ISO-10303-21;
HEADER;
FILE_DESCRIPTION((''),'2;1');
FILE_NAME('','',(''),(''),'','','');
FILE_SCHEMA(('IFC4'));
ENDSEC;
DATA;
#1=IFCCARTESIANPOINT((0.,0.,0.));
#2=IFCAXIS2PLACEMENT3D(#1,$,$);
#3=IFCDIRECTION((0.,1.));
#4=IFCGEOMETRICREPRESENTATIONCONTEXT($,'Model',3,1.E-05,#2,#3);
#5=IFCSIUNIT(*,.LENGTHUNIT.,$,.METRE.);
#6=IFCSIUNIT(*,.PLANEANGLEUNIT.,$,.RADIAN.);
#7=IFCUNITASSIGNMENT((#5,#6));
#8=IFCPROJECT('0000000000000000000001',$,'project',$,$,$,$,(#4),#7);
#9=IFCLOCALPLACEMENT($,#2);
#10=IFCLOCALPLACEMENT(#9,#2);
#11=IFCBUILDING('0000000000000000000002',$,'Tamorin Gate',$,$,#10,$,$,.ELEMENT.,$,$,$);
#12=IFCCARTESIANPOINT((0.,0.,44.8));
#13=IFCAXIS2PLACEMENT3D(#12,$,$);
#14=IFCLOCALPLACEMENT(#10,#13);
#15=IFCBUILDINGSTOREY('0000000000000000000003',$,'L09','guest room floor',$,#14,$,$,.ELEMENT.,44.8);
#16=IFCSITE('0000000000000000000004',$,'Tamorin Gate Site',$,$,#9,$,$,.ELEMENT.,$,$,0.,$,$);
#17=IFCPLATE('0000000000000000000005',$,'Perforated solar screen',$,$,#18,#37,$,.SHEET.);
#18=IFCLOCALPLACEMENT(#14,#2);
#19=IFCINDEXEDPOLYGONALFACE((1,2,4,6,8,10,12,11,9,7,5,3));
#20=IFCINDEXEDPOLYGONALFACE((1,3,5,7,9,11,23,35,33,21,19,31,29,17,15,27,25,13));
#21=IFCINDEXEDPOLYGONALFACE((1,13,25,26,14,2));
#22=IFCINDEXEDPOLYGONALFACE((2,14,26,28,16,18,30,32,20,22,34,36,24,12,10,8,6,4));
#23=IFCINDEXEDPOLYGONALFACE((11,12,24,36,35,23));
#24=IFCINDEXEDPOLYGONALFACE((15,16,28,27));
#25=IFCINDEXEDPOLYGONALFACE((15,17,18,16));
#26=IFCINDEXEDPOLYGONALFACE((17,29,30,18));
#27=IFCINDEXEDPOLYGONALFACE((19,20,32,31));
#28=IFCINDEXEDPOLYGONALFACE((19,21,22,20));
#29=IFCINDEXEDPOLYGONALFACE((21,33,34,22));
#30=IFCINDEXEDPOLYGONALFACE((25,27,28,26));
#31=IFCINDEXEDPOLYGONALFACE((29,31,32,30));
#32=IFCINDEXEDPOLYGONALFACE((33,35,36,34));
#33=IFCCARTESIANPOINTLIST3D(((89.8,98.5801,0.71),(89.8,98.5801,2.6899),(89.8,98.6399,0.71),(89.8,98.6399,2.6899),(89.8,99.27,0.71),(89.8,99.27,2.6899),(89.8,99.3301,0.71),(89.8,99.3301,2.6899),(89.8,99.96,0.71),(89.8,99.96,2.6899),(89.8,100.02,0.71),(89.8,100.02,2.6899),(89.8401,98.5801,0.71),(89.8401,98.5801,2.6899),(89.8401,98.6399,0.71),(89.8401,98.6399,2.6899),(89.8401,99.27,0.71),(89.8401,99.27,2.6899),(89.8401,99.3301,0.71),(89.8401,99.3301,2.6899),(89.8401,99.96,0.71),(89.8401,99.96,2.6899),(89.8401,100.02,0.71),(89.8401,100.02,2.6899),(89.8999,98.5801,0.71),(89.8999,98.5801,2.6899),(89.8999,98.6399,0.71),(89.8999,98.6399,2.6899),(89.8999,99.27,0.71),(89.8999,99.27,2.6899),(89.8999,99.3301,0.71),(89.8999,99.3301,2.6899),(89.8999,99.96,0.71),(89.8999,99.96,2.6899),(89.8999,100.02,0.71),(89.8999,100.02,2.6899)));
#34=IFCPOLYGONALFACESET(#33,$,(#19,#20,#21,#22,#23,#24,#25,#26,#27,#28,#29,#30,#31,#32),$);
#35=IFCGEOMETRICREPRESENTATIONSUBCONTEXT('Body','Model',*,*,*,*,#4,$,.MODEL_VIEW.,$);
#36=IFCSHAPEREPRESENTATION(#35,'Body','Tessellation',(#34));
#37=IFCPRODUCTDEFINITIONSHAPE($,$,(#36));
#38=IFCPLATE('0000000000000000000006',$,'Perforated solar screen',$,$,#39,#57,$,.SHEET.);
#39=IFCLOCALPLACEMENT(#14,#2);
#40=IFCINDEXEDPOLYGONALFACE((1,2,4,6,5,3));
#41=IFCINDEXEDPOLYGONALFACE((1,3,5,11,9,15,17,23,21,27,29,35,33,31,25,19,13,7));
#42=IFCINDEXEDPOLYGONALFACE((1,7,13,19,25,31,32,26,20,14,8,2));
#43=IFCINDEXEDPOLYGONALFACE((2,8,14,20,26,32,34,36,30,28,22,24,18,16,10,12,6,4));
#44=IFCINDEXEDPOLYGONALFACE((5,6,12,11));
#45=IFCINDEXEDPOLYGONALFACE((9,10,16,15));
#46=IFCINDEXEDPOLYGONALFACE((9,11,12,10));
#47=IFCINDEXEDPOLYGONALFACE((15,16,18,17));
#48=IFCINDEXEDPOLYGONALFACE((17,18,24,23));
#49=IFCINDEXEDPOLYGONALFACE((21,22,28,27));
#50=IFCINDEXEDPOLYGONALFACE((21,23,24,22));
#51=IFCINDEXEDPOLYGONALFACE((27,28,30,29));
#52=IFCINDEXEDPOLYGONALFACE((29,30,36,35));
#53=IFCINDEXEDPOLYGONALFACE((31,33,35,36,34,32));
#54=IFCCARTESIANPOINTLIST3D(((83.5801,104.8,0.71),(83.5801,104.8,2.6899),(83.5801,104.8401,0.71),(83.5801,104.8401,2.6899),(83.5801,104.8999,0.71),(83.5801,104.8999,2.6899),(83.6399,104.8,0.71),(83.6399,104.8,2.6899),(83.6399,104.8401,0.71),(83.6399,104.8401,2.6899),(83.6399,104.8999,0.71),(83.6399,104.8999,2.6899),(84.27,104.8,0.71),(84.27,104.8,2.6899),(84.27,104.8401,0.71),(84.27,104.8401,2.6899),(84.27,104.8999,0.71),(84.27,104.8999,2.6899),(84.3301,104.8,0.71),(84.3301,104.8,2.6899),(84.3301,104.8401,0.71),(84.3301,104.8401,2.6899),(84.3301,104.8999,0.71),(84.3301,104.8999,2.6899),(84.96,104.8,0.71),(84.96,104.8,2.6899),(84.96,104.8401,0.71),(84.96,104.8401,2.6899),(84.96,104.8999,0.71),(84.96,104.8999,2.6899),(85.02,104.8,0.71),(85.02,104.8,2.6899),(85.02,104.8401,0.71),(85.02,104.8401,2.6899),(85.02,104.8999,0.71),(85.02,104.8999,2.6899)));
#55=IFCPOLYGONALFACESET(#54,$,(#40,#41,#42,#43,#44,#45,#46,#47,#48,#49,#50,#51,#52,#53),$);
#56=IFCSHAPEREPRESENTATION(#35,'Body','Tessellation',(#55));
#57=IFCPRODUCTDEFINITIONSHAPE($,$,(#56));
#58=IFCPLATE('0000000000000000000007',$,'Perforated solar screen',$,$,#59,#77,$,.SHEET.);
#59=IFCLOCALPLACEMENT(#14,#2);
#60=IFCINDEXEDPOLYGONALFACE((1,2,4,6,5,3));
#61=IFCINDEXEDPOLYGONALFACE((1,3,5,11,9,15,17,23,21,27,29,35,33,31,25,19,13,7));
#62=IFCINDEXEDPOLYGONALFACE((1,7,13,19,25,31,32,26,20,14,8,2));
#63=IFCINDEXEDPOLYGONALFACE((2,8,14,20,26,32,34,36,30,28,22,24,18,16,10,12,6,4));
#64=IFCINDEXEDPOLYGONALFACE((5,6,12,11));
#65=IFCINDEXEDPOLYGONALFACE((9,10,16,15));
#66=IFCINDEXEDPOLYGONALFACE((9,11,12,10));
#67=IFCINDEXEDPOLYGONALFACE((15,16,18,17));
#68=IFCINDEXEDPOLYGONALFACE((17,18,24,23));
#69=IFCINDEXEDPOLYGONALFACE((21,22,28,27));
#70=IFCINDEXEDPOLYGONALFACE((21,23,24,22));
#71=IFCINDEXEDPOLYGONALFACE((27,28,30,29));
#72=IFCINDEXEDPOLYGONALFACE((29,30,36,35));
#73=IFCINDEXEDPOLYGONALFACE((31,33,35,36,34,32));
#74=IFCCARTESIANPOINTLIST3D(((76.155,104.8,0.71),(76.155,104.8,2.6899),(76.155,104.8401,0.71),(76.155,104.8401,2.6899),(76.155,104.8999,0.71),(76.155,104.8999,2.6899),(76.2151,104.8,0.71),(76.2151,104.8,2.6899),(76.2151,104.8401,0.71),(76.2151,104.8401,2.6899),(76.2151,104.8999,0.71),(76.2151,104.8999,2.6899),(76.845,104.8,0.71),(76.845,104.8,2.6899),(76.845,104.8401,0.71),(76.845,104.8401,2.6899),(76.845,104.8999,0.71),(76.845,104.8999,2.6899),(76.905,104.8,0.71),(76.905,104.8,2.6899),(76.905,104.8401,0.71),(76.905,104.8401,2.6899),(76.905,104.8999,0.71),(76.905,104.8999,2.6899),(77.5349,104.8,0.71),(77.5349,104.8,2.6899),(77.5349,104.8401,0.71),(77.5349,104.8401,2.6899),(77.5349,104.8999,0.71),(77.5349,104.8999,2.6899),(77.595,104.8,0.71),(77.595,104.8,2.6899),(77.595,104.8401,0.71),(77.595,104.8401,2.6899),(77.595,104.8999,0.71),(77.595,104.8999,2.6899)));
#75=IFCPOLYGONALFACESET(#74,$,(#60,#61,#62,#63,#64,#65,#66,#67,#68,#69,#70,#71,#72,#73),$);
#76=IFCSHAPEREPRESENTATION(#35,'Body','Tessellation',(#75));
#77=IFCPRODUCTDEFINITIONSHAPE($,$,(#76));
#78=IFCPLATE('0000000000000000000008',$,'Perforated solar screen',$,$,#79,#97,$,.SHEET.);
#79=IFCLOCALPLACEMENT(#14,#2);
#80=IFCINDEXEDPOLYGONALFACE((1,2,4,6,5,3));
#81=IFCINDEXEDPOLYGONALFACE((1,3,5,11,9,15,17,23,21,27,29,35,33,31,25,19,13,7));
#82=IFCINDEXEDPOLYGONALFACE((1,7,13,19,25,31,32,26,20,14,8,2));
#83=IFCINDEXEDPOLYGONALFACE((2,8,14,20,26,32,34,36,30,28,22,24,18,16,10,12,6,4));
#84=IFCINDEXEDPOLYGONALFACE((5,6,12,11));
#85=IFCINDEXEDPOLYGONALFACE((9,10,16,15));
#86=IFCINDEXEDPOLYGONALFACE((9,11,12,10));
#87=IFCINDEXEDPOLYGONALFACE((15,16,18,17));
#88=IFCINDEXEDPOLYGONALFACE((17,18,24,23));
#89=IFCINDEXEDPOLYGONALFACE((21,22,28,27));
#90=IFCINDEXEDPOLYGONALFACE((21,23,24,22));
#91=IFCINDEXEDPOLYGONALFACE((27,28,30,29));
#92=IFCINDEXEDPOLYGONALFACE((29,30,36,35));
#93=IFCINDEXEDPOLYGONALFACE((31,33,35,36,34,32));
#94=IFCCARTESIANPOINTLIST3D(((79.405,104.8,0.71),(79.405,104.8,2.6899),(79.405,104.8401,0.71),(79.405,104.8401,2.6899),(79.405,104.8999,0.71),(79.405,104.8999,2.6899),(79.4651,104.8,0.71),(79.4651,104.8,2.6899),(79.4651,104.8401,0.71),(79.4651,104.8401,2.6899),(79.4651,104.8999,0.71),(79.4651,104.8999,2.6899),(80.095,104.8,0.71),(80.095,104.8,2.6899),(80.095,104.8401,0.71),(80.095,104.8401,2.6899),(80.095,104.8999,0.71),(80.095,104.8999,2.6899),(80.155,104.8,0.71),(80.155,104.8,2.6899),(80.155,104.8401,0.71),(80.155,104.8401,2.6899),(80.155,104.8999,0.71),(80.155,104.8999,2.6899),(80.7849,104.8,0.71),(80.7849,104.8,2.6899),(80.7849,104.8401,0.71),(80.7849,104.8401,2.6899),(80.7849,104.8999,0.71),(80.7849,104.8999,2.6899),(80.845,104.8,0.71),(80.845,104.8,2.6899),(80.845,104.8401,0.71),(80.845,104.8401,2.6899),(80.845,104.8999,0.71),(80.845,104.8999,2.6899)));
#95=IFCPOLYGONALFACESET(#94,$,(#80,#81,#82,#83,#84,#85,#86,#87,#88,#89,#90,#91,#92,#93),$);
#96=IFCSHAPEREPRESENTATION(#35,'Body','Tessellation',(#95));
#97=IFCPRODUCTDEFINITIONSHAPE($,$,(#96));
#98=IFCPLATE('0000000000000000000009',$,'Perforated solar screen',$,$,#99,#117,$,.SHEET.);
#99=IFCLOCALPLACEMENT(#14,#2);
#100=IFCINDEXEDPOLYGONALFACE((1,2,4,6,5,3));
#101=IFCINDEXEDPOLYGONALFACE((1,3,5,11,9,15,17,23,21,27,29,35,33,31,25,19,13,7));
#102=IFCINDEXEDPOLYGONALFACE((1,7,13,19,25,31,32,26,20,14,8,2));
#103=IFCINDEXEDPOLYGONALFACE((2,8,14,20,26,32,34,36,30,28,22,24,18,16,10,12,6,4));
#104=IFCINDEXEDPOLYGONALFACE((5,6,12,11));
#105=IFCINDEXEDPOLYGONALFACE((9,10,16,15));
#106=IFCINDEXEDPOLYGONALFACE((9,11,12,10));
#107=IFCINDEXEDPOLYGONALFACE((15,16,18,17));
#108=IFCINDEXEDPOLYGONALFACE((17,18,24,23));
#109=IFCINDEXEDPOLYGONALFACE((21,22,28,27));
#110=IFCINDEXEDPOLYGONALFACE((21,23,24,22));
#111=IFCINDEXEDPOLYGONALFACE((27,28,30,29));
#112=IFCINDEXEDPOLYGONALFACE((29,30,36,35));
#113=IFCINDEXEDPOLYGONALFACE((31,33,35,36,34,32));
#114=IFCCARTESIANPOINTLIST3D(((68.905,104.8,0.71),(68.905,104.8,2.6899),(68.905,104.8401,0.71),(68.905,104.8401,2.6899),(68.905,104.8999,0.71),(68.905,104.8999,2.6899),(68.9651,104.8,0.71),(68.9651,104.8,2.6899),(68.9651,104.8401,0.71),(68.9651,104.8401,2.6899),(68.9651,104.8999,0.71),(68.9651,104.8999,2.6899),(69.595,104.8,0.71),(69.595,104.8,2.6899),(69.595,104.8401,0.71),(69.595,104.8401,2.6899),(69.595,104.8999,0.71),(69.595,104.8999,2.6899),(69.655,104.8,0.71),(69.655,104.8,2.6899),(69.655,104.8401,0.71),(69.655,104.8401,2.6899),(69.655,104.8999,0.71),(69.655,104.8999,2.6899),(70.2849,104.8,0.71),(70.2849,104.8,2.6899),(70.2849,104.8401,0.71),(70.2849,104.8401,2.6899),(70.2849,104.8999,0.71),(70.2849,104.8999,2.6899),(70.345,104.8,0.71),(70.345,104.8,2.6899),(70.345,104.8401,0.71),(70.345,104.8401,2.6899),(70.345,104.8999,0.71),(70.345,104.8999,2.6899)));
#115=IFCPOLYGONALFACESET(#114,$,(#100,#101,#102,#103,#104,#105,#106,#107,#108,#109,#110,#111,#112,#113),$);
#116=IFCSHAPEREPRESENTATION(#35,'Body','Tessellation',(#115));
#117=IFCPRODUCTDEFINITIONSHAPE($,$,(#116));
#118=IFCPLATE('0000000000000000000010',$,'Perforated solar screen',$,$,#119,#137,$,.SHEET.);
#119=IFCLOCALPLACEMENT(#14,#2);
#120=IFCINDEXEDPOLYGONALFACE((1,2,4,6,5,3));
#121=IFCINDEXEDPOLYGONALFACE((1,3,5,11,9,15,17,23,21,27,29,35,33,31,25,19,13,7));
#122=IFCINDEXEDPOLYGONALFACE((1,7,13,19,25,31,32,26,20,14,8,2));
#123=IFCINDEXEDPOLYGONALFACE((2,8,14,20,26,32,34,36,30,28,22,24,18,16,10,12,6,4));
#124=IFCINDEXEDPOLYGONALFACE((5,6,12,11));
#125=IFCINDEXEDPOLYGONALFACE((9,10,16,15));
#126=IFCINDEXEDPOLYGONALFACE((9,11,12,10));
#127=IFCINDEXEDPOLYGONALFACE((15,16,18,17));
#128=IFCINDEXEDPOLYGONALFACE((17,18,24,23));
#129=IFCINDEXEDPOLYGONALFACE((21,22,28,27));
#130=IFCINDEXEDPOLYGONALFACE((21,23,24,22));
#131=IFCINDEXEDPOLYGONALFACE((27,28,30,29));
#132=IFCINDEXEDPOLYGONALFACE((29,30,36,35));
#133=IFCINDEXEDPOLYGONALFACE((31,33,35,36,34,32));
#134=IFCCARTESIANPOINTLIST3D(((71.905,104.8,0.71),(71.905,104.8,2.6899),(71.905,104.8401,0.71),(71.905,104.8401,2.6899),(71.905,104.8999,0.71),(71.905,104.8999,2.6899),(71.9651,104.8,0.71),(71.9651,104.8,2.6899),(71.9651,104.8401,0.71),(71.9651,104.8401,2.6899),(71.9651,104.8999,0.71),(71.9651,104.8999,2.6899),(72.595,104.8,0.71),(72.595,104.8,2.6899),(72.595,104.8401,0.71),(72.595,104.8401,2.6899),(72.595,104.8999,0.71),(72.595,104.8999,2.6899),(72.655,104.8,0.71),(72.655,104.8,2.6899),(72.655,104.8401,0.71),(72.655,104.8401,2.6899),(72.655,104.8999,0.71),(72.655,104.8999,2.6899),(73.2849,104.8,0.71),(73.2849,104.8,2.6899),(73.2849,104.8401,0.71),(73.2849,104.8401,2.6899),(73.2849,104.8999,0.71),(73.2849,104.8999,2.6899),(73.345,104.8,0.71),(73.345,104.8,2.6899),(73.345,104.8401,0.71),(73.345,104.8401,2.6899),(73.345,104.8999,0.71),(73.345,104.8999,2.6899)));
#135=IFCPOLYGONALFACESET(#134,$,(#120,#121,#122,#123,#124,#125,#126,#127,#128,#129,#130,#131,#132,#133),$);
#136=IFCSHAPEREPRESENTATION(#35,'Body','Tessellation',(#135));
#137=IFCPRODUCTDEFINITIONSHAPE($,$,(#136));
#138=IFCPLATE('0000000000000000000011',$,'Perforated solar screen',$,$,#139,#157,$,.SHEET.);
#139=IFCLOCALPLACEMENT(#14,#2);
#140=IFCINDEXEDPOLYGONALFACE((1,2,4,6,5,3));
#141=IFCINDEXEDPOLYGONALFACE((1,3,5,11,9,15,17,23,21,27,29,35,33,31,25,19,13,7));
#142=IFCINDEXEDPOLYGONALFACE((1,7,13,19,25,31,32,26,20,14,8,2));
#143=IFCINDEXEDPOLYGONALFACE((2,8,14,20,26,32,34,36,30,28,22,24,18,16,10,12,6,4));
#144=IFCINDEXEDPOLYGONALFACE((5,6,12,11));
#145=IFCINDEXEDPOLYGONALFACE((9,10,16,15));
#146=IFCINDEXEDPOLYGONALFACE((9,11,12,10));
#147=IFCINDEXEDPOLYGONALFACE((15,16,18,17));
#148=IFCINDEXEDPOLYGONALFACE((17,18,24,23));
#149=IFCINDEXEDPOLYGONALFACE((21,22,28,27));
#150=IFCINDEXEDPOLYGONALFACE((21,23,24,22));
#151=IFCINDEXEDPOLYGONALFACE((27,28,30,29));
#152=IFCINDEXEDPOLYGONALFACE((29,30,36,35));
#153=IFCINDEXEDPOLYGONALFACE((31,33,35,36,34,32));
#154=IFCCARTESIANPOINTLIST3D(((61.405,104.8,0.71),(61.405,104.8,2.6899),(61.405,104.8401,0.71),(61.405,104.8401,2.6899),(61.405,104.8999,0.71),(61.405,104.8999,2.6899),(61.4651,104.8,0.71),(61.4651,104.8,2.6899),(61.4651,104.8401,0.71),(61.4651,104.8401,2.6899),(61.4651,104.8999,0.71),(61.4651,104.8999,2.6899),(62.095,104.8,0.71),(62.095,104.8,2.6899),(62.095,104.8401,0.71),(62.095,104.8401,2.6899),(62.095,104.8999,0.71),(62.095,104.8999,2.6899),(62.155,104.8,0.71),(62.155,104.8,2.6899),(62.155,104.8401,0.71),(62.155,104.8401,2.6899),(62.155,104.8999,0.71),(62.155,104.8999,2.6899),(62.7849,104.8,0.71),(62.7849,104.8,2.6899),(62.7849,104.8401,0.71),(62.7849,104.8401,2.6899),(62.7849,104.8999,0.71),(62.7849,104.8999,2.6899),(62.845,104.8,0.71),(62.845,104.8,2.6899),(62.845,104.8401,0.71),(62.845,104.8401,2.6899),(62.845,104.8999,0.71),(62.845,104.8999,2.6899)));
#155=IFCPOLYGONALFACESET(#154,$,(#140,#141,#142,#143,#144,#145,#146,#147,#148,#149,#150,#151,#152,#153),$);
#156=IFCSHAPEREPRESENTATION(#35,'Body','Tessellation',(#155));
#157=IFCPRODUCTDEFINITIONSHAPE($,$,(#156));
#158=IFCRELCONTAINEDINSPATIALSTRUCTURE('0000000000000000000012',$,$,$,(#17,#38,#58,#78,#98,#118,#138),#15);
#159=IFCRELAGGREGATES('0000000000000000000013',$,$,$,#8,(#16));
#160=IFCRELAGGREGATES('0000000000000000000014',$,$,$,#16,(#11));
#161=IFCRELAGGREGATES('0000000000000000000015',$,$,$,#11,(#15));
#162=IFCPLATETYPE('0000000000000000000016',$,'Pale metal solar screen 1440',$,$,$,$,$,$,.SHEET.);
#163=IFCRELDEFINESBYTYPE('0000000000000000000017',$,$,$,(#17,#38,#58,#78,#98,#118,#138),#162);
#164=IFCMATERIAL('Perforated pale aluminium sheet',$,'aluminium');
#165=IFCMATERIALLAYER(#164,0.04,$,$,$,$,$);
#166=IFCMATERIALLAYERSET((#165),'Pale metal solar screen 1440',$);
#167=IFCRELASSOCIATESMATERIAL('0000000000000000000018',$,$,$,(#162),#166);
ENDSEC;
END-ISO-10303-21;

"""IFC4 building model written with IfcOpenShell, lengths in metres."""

from ifc_helpers import new_model, si_unit, direction, frame, origin, place, context, subcontext, project, spatial, polyline, outline, extrude, material, layer, layer_set, type_object, element, save


model = new_model("IFC4")

# Units and contexts
model_context = context("Model", 3, precision=1e-05, world=origin(), true_north=direction((0.0, 1.0)))
body_context = subcontext(model_context, "Body", "Model", "MODEL_VIEW")
ifc_project = project(units=[si_unit("LENGTHUNIT", "METRE"), si_unit("PLANEANGLEUNIT", "RADIAN")], contexts=[model_context])

# Site, building, storey
site_placement = place(None, origin())
site = spatial("IfcSite", under=ifc_project, at=site_placement, Name="Tamorin Gate Site", CompositionType="ELEMENT", RefElevation=0.0)
building_placement = place(site_placement, origin())
building = spatial("IfcBuilding", under=site, at=building_placement, Name="Tamorin Gate", CompositionType="ELEMENT")
storey_placement = place(building_placement, frame((0.0, 0.0, 44.8)))
storey = spatial("IfcBuildingStorey", under=building, at=storey_placement, Name="L09", Description="guest room floor", CompositionType="ELEMENT", Elevation=44.8)

# Plates
ifc_material = material(Name="Perforated pale aluminium sheet", Category="aluminium")
ifc_layer = layer(ifc_material, 0.04)
ifc_layer_set = layer_set([ifc_layer], Name="Pale metal solar screen 1440")
plate_type = type_object("IfcPlateType", Name="Pale metal solar screen 1440", PredefinedType="SHEET", material=ifc_layer_set)
plate_1_placement = place(storey_placement, frame((0.0, 0.0, 0.71)))
element("IfcPlate", 1, at=plate_1_placement, inside=storey, type_object=plate_type, Name="Perforated solar screen", PredefinedType="SHEET", context=body_context, shape_type="SweptSolid", body=[
    extrude(outline(polyline([(89.8401, 98.5801), (89.8, 98.5801), (89.8, 98.6399), (89.8, 99.27), (89.8, 99.3301), (89.8, 99.96), (89.8, 100.02), (89.8401, 100.02), (89.8999, 100.02), (89.8999, 99.96), (89.8401, 99.96), (89.8401, 99.3301), (89.8999, 99.3301), (89.8999, 99.27), (89.8401, 99.27), (89.8401, 98.6399), (89.8999, 98.6399), (89.8999, 98.5801), (89.8401, 98.5801)])), origin(), (0.0, 0.0, 1.0), 1.98),
])
plate_2_placement = place(storey_placement, frame((0.0, 0.0, 0.71)))
element("IfcPlate", 2, at=plate_2_placement, inside=storey, type_object=plate_type, Name="Perforated solar screen", PredefinedType="SHEET", context=body_context, shape_type="SweptSolid", body=[
    extrude(outline(polyline([(85.02, 104.8401), (85.02, 104.8), (84.96, 104.8), (84.3301, 104.8), (84.27, 104.8), (83.6399, 104.8), (83.5801, 104.8), (83.5801, 104.8401), (83.5801, 104.8999), (83.6399, 104.8999), (83.6399, 104.8401), (84.27, 104.8401), (84.27, 104.8999), (84.3301, 104.8999), (84.3301, 104.8401), (84.96, 104.8401), (84.96, 104.8999), (85.02, 104.8999), (85.02, 104.8401)])), origin(), (0.0, 0.0, 1.0), 1.98),
])
plate_3_placement = place(storey_placement, frame((0.0, 0.0, 0.71)))
element("IfcPlate", 3, at=plate_3_placement, inside=storey, type_object=plate_type, Name="Perforated solar screen", PredefinedType="SHEET", context=body_context, shape_type="SweptSolid", body=[
    extrude(outline(polyline([(77.595, 104.8401), (77.595, 104.8), (77.5349, 104.8), (76.905, 104.8), (76.845, 104.8), (76.2151, 104.8), (76.155, 104.8), (76.155, 104.8401), (76.155, 104.8999), (76.2151, 104.8999), (76.2151, 104.8401), (76.845, 104.8401), (76.845, 104.8999), (76.905, 104.8999), (76.905, 104.8401), (77.5349, 104.8401), (77.5349, 104.8999), (77.595, 104.8999), (77.595, 104.8401)])), origin(), (0.0, 0.0, 1.0), 1.98),
])
plate_4_placement = place(storey_placement, frame((0.0, 0.0, 0.71)))
element("IfcPlate", 4, at=plate_4_placement, inside=storey, type_object=plate_type, Name="Perforated solar screen", PredefinedType="SHEET", context=body_context, shape_type="SweptSolid", body=[
    extrude(outline(polyline([(80.845, 104.8401), (80.845, 104.8), (80.7849, 104.8), (80.155, 104.8), (80.095, 104.8), (79.4651, 104.8), (79.405, 104.8), (79.405, 104.8), (79.405, 104.8401), (79.405, 104.8401), (79.405, 104.8999), (79.4651, 104.8999), (79.4651, 104.8401), (80.095, 104.8401), (80.095, 104.8999), (80.155, 104.8999), (80.155, 104.8401), (80.7849, 104.8401), (80.7849, 104.8999), (80.845, 104.8999), (80.845, 104.8401)])), origin(), (0.0, 0.0, 1.0), 1.98),
])
plate_5_placement = place(storey_placement, frame((0.0, 0.0, 0.71)))
element("IfcPlate", 5, at=plate_5_placement, inside=storey, type_object=plate_type, Name="Perforated solar screen", PredefinedType="SHEET", context=body_context, shape_type="SweptSolid", body=[
    extrude(outline(polyline([(70.345, 104.8401), (70.345, 104.8), (70.2849, 104.8), (69.655, 104.8), (69.595, 104.8), (68.9651, 104.8), (68.905, 104.8), (68.905, 104.8401), (68.905, 104.8999), (68.9651, 104.8999), (68.9651, 104.8401), (69.595, 104.8401), (69.595, 104.8999), (69.655, 104.8999), (69.655, 104.8401), (70.2849, 104.8401), (70.2849, 104.8999), (70.345, 104.8999), (70.345, 104.8401)])), origin(), (0.0, 0.0, 1.0), 1.98),
])
plate_6_placement = place(storey_placement, frame((0.0, 0.0, 0.71)))
element("IfcPlate", 6, at=plate_6_placement, inside=storey, type_object=plate_type, Name="Perforated solar screen", PredefinedType="SHEET", context=body_context, shape_type="SweptSolid", body=[
    extrude(outline(polyline([(73.345, 104.8401), (73.345, 104.8), (73.2849, 104.8), (72.655, 104.8), (72.595, 104.8), (71.9651, 104.8), (71.905, 104.8), (71.905, 104.8401), (71.905, 104.8999), (71.9651, 104.8999), (71.9651, 104.8401), (72.595, 104.8401), (72.595, 104.8999), (72.655, 104.8999), (72.655, 104.8401), (73.2849, 104.8401), (73.2849, 104.8999), (73.345, 104.8999), (73.345, 104.8401)])), origin(), (0.0, 0.0, 1.0), 1.98),
])
plate_7_placement = place(storey_placement, frame((0.0, 0.0, 0.71)))
element("IfcPlate", 7, at=plate_7_placement, inside=storey, type_object=plate_type, Name="Perforated solar screen", PredefinedType="SHEET", context=body_context, shape_type="SweptSolid", body=[
    extrude(outline(polyline([(62.845, 104.8401), (62.845, 104.8), (62.7849, 104.8), (62.155, 104.8), (62.095, 104.8), (61.4651, 104.8), (61.405, 104.8), (61.405, 104.8401), (61.405, 104.8999), (61.4651, 104.8999), (61.4651, 104.8401), (62.095, 104.8401), (62.095, 104.8999), (62.155, 104.8999), (62.155, 104.8401), (62.7849, 104.8401), (62.7849, 104.8999), (62.845, 104.8999), (62.845, 104.8401)])), origin(), (0.0, 0.0, 1.0), 1.98),
])

save(model, "model.ifc")
